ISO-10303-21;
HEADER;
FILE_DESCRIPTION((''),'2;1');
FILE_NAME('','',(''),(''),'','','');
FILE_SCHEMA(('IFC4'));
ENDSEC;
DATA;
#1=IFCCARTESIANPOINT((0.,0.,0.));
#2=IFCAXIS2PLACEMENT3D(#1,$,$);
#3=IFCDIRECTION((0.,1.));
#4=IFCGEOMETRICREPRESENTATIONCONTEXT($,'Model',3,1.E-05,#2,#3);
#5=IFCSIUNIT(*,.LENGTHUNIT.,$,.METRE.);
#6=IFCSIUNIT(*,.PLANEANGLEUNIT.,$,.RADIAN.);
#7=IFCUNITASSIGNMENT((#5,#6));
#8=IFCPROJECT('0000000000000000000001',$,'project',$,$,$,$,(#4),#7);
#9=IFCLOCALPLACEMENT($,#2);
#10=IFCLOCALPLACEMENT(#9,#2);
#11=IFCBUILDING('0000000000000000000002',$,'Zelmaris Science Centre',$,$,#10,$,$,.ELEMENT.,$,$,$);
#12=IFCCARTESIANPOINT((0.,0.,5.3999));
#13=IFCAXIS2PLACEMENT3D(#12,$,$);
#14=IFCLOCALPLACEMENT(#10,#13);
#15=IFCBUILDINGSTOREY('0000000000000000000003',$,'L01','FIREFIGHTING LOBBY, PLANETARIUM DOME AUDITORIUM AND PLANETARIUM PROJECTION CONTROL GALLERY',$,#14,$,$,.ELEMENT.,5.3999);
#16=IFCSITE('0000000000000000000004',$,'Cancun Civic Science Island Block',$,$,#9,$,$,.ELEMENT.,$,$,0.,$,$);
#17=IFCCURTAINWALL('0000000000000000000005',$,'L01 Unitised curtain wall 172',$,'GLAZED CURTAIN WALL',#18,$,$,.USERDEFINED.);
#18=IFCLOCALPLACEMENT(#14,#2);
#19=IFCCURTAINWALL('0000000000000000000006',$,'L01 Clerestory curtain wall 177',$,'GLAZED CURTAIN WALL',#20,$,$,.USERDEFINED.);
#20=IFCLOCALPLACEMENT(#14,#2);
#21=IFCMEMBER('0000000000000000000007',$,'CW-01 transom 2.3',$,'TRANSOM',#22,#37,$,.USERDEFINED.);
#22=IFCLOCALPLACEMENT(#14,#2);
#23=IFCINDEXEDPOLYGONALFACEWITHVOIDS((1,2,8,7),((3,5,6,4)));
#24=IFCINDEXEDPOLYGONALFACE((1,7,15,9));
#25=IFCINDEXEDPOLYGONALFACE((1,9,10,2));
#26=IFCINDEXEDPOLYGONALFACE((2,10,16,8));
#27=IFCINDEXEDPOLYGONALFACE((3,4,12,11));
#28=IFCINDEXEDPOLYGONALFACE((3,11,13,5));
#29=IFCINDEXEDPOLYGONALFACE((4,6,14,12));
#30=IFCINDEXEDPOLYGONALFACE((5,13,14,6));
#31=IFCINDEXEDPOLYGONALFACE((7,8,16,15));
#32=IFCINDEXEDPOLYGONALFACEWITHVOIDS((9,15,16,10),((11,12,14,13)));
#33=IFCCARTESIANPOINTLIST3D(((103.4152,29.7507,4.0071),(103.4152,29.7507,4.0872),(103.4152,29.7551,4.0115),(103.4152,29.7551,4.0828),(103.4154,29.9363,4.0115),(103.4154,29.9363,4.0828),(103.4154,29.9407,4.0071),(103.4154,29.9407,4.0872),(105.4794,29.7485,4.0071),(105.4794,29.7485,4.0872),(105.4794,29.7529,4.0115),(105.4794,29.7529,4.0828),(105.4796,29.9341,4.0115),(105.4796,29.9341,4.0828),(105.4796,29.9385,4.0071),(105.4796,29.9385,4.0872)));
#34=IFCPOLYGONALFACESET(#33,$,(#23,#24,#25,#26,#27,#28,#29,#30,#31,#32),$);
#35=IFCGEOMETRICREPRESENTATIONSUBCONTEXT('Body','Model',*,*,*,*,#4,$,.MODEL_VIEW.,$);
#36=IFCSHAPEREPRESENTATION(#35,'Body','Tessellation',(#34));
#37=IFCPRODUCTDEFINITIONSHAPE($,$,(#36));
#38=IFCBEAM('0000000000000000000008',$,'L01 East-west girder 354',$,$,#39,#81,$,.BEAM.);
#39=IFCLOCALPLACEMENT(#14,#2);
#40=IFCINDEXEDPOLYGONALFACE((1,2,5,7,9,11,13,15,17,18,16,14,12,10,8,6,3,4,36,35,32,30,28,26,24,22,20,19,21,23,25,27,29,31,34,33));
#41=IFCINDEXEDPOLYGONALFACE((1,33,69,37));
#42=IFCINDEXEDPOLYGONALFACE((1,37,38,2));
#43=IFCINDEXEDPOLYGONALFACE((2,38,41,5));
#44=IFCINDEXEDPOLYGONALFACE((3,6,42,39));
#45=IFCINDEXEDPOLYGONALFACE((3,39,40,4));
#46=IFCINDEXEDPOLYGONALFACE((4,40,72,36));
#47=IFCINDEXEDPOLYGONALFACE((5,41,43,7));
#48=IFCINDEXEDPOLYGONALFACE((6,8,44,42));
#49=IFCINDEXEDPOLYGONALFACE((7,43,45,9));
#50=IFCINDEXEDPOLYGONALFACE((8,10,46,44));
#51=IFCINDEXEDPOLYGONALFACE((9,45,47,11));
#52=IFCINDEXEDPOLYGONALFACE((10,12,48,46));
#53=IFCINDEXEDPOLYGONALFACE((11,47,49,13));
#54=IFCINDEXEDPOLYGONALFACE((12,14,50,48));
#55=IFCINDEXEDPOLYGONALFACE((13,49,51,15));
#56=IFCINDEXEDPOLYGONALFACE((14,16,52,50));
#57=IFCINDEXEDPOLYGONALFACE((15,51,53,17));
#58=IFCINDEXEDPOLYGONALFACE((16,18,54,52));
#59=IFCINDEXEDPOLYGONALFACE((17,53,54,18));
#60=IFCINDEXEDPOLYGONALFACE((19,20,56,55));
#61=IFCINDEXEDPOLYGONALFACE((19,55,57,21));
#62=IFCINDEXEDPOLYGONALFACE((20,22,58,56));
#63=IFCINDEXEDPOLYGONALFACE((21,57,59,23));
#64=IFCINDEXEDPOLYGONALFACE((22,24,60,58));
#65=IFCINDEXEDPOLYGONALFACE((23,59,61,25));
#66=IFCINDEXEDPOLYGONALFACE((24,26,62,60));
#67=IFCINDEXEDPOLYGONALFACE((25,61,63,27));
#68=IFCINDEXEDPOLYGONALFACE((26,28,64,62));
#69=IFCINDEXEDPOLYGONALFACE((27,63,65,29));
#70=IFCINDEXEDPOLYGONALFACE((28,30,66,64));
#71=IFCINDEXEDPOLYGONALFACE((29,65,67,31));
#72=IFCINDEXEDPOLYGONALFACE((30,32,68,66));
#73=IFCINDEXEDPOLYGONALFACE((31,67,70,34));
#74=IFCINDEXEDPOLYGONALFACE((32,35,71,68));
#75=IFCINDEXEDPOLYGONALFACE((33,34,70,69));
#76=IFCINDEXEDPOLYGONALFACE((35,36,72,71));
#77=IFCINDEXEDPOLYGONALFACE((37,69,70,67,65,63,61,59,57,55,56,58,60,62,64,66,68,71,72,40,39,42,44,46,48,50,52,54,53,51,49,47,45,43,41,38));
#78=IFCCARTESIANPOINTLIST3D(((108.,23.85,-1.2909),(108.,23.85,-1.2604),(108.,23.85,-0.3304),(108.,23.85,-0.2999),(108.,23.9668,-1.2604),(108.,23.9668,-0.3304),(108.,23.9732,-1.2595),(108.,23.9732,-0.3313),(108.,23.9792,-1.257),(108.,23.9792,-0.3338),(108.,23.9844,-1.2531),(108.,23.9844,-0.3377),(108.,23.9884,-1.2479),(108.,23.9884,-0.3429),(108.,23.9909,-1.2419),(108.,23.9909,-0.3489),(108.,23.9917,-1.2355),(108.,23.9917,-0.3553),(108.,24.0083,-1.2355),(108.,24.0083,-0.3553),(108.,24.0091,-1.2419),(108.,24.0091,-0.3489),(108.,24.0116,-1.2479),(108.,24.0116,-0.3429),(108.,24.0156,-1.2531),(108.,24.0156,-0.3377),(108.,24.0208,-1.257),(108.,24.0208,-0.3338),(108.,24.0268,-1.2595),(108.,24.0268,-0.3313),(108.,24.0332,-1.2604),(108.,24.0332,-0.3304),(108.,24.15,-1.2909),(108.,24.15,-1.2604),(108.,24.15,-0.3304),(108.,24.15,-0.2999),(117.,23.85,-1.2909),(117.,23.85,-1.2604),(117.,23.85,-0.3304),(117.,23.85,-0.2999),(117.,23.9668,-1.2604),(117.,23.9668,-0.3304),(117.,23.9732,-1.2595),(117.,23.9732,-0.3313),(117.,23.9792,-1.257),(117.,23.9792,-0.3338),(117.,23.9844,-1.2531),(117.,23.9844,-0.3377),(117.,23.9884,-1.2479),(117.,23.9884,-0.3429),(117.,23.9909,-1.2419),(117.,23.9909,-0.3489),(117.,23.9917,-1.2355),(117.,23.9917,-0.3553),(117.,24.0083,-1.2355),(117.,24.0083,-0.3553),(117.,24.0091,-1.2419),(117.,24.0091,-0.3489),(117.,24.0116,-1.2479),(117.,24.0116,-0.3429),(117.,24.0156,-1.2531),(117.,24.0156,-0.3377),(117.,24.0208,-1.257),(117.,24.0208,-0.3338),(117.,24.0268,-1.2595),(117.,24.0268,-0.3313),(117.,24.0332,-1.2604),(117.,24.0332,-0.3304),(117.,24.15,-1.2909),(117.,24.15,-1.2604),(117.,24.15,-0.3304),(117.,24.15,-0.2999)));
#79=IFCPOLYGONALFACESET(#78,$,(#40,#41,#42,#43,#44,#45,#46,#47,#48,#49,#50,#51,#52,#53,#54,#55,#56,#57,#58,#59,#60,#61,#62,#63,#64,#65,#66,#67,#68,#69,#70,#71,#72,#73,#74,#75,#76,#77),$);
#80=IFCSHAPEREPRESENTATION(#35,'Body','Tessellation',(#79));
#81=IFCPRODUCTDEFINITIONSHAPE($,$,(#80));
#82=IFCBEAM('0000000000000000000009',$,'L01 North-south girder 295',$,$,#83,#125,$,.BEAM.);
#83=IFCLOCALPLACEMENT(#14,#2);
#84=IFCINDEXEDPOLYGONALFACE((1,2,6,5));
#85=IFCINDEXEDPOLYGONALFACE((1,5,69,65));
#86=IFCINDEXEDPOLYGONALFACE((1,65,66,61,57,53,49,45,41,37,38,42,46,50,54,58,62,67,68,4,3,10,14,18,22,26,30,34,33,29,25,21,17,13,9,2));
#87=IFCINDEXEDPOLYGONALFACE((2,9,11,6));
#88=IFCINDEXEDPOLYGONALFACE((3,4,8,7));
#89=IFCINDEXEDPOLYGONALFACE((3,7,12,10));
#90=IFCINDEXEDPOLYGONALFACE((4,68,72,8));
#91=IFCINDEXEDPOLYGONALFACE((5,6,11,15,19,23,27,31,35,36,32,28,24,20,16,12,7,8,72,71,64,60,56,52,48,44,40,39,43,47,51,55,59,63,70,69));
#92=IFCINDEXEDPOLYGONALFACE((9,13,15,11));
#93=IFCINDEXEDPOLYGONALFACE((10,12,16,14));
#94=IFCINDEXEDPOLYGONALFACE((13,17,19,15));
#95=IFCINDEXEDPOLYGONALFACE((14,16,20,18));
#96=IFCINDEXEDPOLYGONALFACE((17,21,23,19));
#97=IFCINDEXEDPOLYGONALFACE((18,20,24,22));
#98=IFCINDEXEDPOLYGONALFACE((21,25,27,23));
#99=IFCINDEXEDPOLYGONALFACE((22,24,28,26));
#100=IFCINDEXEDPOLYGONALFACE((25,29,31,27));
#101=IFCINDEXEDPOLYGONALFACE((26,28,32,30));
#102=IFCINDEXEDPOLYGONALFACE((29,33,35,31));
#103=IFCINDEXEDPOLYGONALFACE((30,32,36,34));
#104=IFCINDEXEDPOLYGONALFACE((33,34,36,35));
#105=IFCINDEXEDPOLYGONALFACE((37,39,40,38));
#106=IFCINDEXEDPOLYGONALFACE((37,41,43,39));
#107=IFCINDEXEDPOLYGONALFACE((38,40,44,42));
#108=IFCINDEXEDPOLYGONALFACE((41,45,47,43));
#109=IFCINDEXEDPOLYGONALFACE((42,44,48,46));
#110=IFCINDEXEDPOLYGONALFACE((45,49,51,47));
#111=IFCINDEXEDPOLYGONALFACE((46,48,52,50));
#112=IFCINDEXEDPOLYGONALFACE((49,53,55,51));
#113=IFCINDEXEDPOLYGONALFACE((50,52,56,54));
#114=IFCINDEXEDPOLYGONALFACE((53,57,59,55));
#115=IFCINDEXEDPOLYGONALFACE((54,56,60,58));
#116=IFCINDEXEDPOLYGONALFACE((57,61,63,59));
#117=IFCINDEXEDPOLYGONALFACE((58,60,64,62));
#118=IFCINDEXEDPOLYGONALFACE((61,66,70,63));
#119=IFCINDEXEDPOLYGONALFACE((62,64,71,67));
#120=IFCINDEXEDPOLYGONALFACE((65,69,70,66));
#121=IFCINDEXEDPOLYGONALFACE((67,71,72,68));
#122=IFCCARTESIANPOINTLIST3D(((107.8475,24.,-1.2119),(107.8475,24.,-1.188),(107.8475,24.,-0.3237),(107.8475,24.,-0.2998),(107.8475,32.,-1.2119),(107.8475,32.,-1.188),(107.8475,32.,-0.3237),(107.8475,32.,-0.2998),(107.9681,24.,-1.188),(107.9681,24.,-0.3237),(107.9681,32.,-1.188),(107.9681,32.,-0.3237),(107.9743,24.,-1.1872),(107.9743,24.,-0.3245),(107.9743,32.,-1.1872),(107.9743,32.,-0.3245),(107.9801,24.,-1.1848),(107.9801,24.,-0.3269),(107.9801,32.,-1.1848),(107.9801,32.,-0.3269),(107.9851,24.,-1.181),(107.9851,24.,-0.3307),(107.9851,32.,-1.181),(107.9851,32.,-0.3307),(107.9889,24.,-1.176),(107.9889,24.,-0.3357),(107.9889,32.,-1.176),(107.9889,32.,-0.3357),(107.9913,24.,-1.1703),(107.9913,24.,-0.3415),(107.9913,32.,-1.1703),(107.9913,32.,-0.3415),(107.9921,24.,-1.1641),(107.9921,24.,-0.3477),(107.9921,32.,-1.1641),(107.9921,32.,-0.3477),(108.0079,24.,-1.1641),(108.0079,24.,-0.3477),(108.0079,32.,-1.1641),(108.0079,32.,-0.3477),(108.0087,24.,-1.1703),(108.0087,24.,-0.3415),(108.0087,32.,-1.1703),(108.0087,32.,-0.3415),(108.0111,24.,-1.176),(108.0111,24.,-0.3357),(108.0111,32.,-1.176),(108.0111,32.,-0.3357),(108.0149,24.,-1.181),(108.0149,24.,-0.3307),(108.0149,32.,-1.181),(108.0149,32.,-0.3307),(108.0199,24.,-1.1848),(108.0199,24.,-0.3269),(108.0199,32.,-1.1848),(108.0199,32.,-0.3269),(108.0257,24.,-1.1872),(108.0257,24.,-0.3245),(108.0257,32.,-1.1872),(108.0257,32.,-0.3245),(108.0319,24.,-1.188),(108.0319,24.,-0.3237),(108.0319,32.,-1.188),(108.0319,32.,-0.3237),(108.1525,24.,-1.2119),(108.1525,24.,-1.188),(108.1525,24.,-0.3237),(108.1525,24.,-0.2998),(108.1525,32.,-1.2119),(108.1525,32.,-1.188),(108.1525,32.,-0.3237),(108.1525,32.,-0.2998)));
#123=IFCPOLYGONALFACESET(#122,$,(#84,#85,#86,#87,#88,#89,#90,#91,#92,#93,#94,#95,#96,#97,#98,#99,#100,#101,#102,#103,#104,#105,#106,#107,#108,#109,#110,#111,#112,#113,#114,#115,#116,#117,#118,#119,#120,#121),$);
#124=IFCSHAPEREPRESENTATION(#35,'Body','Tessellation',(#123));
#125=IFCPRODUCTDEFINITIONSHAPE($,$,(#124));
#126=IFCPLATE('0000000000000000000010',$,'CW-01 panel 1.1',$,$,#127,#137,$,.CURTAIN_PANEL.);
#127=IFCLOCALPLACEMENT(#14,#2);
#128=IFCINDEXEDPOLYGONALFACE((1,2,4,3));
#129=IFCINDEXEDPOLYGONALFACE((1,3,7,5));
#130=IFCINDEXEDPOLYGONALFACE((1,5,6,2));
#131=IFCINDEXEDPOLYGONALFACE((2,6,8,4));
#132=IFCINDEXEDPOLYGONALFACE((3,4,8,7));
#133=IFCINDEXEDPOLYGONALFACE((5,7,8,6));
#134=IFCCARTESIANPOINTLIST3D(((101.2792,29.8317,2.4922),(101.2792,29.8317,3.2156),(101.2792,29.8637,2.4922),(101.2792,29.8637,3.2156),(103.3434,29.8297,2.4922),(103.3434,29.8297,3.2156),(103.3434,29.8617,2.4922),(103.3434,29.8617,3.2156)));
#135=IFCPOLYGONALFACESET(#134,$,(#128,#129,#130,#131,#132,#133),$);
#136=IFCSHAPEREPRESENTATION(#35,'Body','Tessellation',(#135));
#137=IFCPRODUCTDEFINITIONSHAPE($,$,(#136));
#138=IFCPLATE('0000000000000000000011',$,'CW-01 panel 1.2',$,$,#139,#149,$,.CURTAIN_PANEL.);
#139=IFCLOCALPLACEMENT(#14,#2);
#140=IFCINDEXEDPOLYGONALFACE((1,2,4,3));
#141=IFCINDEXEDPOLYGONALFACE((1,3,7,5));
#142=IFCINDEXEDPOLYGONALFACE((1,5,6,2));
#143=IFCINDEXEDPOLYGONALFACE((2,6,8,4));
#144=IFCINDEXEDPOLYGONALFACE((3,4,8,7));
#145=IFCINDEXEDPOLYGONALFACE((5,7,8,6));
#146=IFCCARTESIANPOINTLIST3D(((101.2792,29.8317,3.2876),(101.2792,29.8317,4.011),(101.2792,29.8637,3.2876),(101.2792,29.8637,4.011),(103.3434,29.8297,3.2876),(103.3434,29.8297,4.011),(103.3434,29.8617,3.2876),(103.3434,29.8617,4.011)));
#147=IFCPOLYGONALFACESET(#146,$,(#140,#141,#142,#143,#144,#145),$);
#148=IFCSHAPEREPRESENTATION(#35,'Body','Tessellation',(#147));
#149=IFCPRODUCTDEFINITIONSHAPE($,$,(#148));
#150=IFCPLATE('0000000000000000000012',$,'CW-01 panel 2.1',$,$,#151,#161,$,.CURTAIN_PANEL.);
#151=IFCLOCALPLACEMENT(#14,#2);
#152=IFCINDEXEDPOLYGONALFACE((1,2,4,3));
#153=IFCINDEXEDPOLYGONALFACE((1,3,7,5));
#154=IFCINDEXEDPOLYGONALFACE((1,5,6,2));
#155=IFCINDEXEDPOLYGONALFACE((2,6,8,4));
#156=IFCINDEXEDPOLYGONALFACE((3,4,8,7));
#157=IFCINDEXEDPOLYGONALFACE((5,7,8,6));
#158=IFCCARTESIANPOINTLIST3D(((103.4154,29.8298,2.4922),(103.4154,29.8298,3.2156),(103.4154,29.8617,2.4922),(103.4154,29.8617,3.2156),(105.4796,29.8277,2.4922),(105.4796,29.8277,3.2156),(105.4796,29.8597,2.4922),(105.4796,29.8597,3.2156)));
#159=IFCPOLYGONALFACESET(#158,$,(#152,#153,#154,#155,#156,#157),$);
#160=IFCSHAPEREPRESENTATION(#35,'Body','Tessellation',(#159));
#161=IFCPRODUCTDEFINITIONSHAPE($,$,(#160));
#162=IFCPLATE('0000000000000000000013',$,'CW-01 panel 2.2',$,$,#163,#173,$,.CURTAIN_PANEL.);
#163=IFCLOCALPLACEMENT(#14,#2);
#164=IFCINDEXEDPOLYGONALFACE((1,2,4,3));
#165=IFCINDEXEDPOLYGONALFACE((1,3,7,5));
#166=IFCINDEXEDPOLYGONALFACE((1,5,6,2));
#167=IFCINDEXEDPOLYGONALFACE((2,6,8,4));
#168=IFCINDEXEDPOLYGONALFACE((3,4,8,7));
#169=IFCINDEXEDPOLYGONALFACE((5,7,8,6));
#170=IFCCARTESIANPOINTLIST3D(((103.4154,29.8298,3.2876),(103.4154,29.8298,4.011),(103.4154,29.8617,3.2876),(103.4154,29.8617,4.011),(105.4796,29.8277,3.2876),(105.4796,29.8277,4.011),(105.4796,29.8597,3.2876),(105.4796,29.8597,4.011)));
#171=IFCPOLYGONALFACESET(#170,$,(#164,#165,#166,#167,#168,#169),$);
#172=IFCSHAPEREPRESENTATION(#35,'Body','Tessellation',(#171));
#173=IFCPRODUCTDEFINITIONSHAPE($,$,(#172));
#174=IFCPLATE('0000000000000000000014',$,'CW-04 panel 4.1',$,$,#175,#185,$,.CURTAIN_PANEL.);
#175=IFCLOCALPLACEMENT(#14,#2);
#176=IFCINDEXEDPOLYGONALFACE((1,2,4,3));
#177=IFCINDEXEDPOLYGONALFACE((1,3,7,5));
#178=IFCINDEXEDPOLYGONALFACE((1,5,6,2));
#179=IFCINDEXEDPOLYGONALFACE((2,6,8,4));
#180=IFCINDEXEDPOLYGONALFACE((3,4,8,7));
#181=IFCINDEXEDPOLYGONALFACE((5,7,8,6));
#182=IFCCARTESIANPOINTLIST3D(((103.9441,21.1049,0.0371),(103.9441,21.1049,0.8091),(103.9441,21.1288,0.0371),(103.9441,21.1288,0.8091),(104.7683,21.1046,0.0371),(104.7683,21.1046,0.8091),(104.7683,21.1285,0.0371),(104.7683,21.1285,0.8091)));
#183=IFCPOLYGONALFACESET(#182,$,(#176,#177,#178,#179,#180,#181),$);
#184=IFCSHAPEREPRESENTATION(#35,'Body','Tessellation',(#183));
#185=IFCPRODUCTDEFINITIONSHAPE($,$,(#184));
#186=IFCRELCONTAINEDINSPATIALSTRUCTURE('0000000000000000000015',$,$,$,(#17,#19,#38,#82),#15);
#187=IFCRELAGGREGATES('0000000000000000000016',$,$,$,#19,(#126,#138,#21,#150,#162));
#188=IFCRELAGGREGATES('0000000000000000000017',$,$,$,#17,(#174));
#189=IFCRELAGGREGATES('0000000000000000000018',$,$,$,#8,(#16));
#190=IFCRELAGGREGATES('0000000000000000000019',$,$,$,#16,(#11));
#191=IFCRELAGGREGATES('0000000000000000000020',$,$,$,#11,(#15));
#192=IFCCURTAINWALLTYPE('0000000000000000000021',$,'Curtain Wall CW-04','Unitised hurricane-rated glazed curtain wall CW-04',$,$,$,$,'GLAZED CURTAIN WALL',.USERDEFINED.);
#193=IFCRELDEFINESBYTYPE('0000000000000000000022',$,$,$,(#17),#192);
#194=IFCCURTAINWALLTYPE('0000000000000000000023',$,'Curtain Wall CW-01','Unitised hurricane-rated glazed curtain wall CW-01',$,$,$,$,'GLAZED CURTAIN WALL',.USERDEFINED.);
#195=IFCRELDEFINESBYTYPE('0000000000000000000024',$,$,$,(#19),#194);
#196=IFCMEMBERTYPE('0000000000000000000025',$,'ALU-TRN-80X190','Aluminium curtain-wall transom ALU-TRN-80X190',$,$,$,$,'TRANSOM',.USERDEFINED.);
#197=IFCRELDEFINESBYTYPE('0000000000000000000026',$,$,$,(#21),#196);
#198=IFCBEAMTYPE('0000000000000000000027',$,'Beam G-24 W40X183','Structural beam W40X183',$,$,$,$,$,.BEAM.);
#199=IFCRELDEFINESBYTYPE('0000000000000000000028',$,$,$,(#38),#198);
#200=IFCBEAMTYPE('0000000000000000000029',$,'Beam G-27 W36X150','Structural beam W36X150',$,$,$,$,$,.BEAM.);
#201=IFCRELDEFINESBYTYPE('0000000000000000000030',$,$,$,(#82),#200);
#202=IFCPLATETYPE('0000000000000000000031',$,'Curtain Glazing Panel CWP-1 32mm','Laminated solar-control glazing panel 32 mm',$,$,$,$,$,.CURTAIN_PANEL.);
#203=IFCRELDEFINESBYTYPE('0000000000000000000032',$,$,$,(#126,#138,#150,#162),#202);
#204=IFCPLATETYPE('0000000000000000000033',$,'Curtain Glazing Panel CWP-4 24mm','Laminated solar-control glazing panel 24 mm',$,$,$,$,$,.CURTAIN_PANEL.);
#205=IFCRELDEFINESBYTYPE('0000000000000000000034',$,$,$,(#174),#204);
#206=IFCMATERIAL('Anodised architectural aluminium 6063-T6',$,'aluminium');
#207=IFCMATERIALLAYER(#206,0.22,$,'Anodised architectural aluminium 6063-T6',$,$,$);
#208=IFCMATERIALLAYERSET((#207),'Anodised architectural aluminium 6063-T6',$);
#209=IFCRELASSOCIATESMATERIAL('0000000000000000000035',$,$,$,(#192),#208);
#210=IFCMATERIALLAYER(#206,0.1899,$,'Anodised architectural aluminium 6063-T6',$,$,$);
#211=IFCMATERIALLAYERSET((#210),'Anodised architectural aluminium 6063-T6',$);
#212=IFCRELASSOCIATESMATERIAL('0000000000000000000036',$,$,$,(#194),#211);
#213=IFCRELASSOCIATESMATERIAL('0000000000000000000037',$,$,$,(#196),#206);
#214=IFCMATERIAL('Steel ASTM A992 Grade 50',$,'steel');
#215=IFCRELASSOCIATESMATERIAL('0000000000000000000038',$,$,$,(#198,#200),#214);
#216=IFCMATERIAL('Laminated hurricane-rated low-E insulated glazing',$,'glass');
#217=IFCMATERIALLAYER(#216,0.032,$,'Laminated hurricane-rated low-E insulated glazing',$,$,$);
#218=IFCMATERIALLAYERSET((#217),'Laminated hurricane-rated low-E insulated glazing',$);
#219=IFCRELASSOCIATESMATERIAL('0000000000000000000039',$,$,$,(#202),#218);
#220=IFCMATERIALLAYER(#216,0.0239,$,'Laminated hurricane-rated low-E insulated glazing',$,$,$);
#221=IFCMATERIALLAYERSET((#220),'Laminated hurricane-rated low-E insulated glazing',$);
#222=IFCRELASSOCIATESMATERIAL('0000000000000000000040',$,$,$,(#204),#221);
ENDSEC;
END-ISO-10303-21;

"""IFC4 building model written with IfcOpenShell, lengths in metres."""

from ifc_helpers import new_model, si_unit, direction, frame, origin, origin_2d, place, context, subcontext, project, spatial, rectangle, hollow_rectangle, i_section, extrude, material, layer, layer_set, material_profile, profile_set, type_object, element, aggregate, save


model = new_model("IFC4")

# Units and contexts
model_context = context("Model", 3, precision=1e-05, world=origin(), true_north=direction((0.0, 1.0)))
body_context = subcontext(model_context, "Body", "Model", "MODEL_VIEW")
ifc_project = project(units=[si_unit("LENGTHUNIT", "METRE"), si_unit("PLANEANGLEUNIT", "RADIAN")], contexts=[model_context])

# Site, building, storey
site_placement = place(None, origin())
site = spatial("IfcSite", under=ifc_project, at=site_placement, Name="Cancun Civic Science Island Block", CompositionType="ELEMENT", RefElevation=0.0)
building_placement = place(site_placement, origin())
building = spatial("IfcBuilding", under=site, at=building_placement, Name="Zelmaris Science Centre", CompositionType="ELEMENT")
storey_placement = place(building_placement, frame((0.0, 0.0, 5.3999)))
storey = spatial("IfcBuildingStorey", under=building, at=storey_placement, Name="L01", Description="FIREFIGHTING LOBBY, PLANETARIUM DOME AUDITORIUM AND PLANETARIUM PROJECTION CONTROL GALLERY", CompositionType="ELEMENT", Elevation=5.3999)

# Shared definitions
ifc_material_1 = material(Name="Steel ASTM A992 Grade 50", Category="steel")

# Curtain walls
ifc_material_2 = material(Name="Anodised architectural aluminium 6063-T6", Category="aluminium")
ifc_layer_1 = layer(ifc_material_2, 0.22, Name="Anodised architectural aluminium 6063-T6")
ifc_layer_set_1 = layer_set([ifc_layer_1], Name="Anodised architectural aluminium 6063-T6")
curtain_wall_type_1 = type_object("IfcCurtainWallType", Name="Curtain Wall CW-04", Description="Unitised hurricane-rated glazed curtain wall CW-04", ElementType="GLAZED CURTAIN WALL", PredefinedType="USERDEFINED", material=ifc_layer_set_1)
curtain_wall_1_placement = place(storey_placement, origin())
curtain_wall_1 = element("IfcCurtainWall", 1, at=curtain_wall_1_placement, inside=storey, type_object=curtain_wall_type_1, Name="L01 Unitised curtain wall 172", ObjectType="GLAZED CURTAIN WALL", PredefinedType="USERDEFINED")
ifc_layer_2 = layer(ifc_material_2, 0.1899, Name="Anodised architectural aluminium 6063-T6")
ifc_layer_set_2 = layer_set([ifc_layer_2], Name="Anodised architectural aluminium 6063-T6")
curtain_wall_type_2 = type_object("IfcCurtainWallType", Name="Curtain Wall CW-01", Description="Unitised hurricane-rated glazed curtain wall CW-01", ElementType="GLAZED CURTAIN WALL", PredefinedType="USERDEFINED", material=ifc_layer_set_2)
curtain_wall_2_placement = place(storey_placement, origin())
curtain_wall_2 = element("IfcCurtainWall", 2, at=curtain_wall_2_placement, inside=storey, type_object=curtain_wall_type_2, Name="L01 Clerestory curtain wall 177", ObjectType="GLAZED CURTAIN WALL", PredefinedType="USERDEFINED")

# Member
ifc_material_profile_1 = material_profile(ifc_material_2, hollow_rectangle(XDim=0.0801, YDim=0.1899, WallThickness=0.0044, at=origin_2d()), Name="ALU-TRN-80X190")
ifc_profile_set_1 = profile_set([ifc_material_profile_1], Name="Anodised architectural aluminium 6063-T6")
member_type_1 = type_object("IfcMemberType", Name="ALU-TRN-80X190", Description="Aluminium curtain-wall transom ALU-TRN-80X190", ElementType="TRANSOM", PredefinedType="USERDEFINED", material=ifc_profile_set_1)
member_1_placement = place(storey_placement, frame((103.4153, 29.8457, 4.0471), z_axis=(0.999999, -0.001064, 0.0), x_axis=(0.0, 0.0, 1.0)))
member_1 = element("IfcMember", 3, at=member_1_placement, type_object=member_type_1, Name="CW-01 transom 2.3", ObjectType="TRANSOM", PredefinedType="USERDEFINED", context=body_context, shape_type="SweptSolid", body=[
    extrude(hollow_rectangle(XDim=0.0801, YDim=0.1899, WallThickness=0.0044, at=origin_2d()), origin(), (0.0, 0.0, 1.0), 2.0642),
])

# Beams
ifc_material_profile_2 = material_profile(ifc_material_1, i_section(OverallWidth=0.3, OverallDepth=0.991, WebThickness=0.0166, FlangeThickness=0.0305, FilletRadius=0.0249, at=origin_2d()), Name="W40X183")
ifc_profile_set_2 = profile_set([ifc_material_profile_2], Name="Steel ASTM A992 Grade 50")
beam_type_1 = type_object("IfcBeamType", Name="Beam G-24 W40X183", Description="Structural beam W40X183", PredefinedType="BEAM", material=ifc_profile_set_2)
beam_1_placement = place(storey_placement, frame((108.0, 24.0, -0.7954), z_axis=(1.0, 0.0, 0.0), x_axis=(0.0, 1.0, 0.0)))
element("IfcBeam", 4, at=beam_1_placement, inside=storey, type_object=beam_type_1, Name="L01 East-west girder 354", PredefinedType="BEAM", context=body_context, shape_type="SweptSolid", body=[
    extrude(i_section(OverallWidth=0.3, OverallDepth=0.991, WebThickness=0.0166, FlangeThickness=0.0305, FilletRadius=0.0249, at=origin_2d()), origin(), (0.0, 0.0, 1.0), 9.0),
])
ifc_material_profile_3 = material_profile(ifc_material_1, i_section(OverallWidth=0.3049, OverallDepth=0.9121, WebThickness=0.0159, FlangeThickness=0.0239, FilletRadius=0.0239, at=origin_2d()), Name="W36X150")
ifc_profile_set_3 = profile_set([ifc_material_profile_3], Name="Steel ASTM A992 Grade 50")
beam_type_2 = type_object("IfcBeamType", Name="Beam G-27 W36X150", Description="Structural beam W36X150", PredefinedType="BEAM", material=ifc_profile_set_3)
beam_2_placement = place(storey_placement, frame((108.0, 24.0, -0.7559), z_axis=(0.0, 1.0, 0.0), x_axis=(-1.0, 0.0, 0.0)))
element("IfcBeam", 5, at=beam_2_placement, inside=storey, type_object=beam_type_2, Name="L01 North-south girder 295", PredefinedType="BEAM", context=body_context, shape_type="SweptSolid", body=[
    extrude(i_section(OverallWidth=0.3049, OverallDepth=0.9121, WebThickness=0.0159, FlangeThickness=0.0239, FilletRadius=0.0239, at=origin_2d()), origin(), (0.0, 0.0, 1.0), 8.0),
])

# Plates
ifc_material_3 = material(Name="Laminated hurricane-rated low-E insulated glazing", Category="glass")
ifc_layer_3 = layer(ifc_material_3, 0.032, Name="Laminated hurricane-rated low-E insulated glazing")
ifc_layer_set_3 = layer_set([ifc_layer_3], Name="Laminated hurricane-rated low-E insulated glazing")
plate_type_1 = type_object("IfcPlateType", Name="Curtain Glazing Panel CWP-1 32mm", Description="Laminated solar-control glazing panel 32 mm", PredefinedType="CURTAIN_PANEL", material=ifc_layer_set_3)
plate_1_placement = place(storey_placement, frame((102.3113, 29.8467, 2.4922), z_axis=(0.0, 0.0, 1.0), x_axis=(1.0, -0.000987, 0.0)))
plate_1 = element("IfcPlate", 6, at=plate_1_placement, type_object=plate_type_1, Name="CW-01 panel 1.1", PredefinedType="CURTAIN_PANEL", context=body_context, shape_type="SweptSolid", body=[
    extrude(rectangle(XDim=2.0642, YDim=0.032, at=origin_2d()), origin(), (0.0, 0.0, 1.0), 0.7234),
])
plate_2_placement = place(storey_placement, frame((102.3113, 29.8467, 3.2876), z_axis=(0.0, 0.0, 1.0), x_axis=(1.0, -0.000987, 0.0)))
plate_2 = element("IfcPlate", 7, at=plate_2_placement, type_object=plate_type_1, Name="CW-01 panel 1.2", PredefinedType="CURTAIN_PANEL", context=body_context, shape_type="SweptSolid", body=[
    extrude(rectangle(XDim=2.0642, YDim=0.032, at=origin_2d()), origin(), (0.0, 0.0, 1.0), 0.7234),
])
plate_3_placement = place(storey_placement, frame((104.4475, 29.8447, 2.4922), z_axis=(0.0, 0.0, 1.0), x_axis=(1.0, -0.000987, 0.0)))
plate_3 = element("IfcPlate", 8, at=plate_3_placement, type_object=plate_type_1, Name="CW-01 panel 2.1", PredefinedType="CURTAIN_PANEL", context=body_context, shape_type="SweptSolid", body=[
    extrude(rectangle(XDim=2.0642, YDim=0.032, at=origin_2d()), origin(), (0.0, 0.0, 1.0), 0.7234),
])
plate_4_placement = place(storey_placement, frame((104.4475, 29.8447, 3.2876), z_axis=(0.0, 0.0, 1.0), x_axis=(1.0, -0.000987, 0.0)))
plate_4 = element("IfcPlate", 9, at=plate_4_placement, type_object=plate_type_1, Name="CW-01 panel 2.2", PredefinedType="CURTAIN_PANEL", context=body_context, shape_type="SweptSolid", body=[
    extrude(rectangle(XDim=2.0642, YDim=0.032, at=origin_2d()), origin(), (0.0, 0.0, 1.0), 0.7234),
])
aggregate(curtain_wall_2, [plate_1, plate_2, member_1, plate_3, plate_4])
ifc_layer_4 = layer(ifc_material_3, 0.0239, Name="Laminated hurricane-rated low-E insulated glazing")
ifc_layer_set_4 = layer_set([ifc_layer_4], Name="Laminated hurricane-rated low-E insulated glazing")
plate_type_2 = type_object("IfcPlateType", Name="Curtain Glazing Panel CWP-4 24mm", Description="Laminated solar-control glazing panel 24 mm", PredefinedType="CURTAIN_PANEL", material=ifc_layer_set_4)
plate_5_placement = place(storey_placement, frame((104.3562, 21.1167, 0.0371), z_axis=(0.0, 0.0, 1.0), x_axis=(-1.0, 0.00032, 0.0)))
plate_5 = element("IfcPlate", 10, at=plate_5_placement, type_object=plate_type_2, Name="CW-04 panel 4.1", PredefinedType="CURTAIN_PANEL", context=body_context, shape_type="SweptSolid", body=[
    extrude(rectangle(XDim=0.8242, YDim=0.0239, at=origin_2d()), origin(), (0.0, 0.0, 1.0), 0.772),
])
aggregate(curtain_wall_1, [plate_5])

save(model, "model.ifc")
